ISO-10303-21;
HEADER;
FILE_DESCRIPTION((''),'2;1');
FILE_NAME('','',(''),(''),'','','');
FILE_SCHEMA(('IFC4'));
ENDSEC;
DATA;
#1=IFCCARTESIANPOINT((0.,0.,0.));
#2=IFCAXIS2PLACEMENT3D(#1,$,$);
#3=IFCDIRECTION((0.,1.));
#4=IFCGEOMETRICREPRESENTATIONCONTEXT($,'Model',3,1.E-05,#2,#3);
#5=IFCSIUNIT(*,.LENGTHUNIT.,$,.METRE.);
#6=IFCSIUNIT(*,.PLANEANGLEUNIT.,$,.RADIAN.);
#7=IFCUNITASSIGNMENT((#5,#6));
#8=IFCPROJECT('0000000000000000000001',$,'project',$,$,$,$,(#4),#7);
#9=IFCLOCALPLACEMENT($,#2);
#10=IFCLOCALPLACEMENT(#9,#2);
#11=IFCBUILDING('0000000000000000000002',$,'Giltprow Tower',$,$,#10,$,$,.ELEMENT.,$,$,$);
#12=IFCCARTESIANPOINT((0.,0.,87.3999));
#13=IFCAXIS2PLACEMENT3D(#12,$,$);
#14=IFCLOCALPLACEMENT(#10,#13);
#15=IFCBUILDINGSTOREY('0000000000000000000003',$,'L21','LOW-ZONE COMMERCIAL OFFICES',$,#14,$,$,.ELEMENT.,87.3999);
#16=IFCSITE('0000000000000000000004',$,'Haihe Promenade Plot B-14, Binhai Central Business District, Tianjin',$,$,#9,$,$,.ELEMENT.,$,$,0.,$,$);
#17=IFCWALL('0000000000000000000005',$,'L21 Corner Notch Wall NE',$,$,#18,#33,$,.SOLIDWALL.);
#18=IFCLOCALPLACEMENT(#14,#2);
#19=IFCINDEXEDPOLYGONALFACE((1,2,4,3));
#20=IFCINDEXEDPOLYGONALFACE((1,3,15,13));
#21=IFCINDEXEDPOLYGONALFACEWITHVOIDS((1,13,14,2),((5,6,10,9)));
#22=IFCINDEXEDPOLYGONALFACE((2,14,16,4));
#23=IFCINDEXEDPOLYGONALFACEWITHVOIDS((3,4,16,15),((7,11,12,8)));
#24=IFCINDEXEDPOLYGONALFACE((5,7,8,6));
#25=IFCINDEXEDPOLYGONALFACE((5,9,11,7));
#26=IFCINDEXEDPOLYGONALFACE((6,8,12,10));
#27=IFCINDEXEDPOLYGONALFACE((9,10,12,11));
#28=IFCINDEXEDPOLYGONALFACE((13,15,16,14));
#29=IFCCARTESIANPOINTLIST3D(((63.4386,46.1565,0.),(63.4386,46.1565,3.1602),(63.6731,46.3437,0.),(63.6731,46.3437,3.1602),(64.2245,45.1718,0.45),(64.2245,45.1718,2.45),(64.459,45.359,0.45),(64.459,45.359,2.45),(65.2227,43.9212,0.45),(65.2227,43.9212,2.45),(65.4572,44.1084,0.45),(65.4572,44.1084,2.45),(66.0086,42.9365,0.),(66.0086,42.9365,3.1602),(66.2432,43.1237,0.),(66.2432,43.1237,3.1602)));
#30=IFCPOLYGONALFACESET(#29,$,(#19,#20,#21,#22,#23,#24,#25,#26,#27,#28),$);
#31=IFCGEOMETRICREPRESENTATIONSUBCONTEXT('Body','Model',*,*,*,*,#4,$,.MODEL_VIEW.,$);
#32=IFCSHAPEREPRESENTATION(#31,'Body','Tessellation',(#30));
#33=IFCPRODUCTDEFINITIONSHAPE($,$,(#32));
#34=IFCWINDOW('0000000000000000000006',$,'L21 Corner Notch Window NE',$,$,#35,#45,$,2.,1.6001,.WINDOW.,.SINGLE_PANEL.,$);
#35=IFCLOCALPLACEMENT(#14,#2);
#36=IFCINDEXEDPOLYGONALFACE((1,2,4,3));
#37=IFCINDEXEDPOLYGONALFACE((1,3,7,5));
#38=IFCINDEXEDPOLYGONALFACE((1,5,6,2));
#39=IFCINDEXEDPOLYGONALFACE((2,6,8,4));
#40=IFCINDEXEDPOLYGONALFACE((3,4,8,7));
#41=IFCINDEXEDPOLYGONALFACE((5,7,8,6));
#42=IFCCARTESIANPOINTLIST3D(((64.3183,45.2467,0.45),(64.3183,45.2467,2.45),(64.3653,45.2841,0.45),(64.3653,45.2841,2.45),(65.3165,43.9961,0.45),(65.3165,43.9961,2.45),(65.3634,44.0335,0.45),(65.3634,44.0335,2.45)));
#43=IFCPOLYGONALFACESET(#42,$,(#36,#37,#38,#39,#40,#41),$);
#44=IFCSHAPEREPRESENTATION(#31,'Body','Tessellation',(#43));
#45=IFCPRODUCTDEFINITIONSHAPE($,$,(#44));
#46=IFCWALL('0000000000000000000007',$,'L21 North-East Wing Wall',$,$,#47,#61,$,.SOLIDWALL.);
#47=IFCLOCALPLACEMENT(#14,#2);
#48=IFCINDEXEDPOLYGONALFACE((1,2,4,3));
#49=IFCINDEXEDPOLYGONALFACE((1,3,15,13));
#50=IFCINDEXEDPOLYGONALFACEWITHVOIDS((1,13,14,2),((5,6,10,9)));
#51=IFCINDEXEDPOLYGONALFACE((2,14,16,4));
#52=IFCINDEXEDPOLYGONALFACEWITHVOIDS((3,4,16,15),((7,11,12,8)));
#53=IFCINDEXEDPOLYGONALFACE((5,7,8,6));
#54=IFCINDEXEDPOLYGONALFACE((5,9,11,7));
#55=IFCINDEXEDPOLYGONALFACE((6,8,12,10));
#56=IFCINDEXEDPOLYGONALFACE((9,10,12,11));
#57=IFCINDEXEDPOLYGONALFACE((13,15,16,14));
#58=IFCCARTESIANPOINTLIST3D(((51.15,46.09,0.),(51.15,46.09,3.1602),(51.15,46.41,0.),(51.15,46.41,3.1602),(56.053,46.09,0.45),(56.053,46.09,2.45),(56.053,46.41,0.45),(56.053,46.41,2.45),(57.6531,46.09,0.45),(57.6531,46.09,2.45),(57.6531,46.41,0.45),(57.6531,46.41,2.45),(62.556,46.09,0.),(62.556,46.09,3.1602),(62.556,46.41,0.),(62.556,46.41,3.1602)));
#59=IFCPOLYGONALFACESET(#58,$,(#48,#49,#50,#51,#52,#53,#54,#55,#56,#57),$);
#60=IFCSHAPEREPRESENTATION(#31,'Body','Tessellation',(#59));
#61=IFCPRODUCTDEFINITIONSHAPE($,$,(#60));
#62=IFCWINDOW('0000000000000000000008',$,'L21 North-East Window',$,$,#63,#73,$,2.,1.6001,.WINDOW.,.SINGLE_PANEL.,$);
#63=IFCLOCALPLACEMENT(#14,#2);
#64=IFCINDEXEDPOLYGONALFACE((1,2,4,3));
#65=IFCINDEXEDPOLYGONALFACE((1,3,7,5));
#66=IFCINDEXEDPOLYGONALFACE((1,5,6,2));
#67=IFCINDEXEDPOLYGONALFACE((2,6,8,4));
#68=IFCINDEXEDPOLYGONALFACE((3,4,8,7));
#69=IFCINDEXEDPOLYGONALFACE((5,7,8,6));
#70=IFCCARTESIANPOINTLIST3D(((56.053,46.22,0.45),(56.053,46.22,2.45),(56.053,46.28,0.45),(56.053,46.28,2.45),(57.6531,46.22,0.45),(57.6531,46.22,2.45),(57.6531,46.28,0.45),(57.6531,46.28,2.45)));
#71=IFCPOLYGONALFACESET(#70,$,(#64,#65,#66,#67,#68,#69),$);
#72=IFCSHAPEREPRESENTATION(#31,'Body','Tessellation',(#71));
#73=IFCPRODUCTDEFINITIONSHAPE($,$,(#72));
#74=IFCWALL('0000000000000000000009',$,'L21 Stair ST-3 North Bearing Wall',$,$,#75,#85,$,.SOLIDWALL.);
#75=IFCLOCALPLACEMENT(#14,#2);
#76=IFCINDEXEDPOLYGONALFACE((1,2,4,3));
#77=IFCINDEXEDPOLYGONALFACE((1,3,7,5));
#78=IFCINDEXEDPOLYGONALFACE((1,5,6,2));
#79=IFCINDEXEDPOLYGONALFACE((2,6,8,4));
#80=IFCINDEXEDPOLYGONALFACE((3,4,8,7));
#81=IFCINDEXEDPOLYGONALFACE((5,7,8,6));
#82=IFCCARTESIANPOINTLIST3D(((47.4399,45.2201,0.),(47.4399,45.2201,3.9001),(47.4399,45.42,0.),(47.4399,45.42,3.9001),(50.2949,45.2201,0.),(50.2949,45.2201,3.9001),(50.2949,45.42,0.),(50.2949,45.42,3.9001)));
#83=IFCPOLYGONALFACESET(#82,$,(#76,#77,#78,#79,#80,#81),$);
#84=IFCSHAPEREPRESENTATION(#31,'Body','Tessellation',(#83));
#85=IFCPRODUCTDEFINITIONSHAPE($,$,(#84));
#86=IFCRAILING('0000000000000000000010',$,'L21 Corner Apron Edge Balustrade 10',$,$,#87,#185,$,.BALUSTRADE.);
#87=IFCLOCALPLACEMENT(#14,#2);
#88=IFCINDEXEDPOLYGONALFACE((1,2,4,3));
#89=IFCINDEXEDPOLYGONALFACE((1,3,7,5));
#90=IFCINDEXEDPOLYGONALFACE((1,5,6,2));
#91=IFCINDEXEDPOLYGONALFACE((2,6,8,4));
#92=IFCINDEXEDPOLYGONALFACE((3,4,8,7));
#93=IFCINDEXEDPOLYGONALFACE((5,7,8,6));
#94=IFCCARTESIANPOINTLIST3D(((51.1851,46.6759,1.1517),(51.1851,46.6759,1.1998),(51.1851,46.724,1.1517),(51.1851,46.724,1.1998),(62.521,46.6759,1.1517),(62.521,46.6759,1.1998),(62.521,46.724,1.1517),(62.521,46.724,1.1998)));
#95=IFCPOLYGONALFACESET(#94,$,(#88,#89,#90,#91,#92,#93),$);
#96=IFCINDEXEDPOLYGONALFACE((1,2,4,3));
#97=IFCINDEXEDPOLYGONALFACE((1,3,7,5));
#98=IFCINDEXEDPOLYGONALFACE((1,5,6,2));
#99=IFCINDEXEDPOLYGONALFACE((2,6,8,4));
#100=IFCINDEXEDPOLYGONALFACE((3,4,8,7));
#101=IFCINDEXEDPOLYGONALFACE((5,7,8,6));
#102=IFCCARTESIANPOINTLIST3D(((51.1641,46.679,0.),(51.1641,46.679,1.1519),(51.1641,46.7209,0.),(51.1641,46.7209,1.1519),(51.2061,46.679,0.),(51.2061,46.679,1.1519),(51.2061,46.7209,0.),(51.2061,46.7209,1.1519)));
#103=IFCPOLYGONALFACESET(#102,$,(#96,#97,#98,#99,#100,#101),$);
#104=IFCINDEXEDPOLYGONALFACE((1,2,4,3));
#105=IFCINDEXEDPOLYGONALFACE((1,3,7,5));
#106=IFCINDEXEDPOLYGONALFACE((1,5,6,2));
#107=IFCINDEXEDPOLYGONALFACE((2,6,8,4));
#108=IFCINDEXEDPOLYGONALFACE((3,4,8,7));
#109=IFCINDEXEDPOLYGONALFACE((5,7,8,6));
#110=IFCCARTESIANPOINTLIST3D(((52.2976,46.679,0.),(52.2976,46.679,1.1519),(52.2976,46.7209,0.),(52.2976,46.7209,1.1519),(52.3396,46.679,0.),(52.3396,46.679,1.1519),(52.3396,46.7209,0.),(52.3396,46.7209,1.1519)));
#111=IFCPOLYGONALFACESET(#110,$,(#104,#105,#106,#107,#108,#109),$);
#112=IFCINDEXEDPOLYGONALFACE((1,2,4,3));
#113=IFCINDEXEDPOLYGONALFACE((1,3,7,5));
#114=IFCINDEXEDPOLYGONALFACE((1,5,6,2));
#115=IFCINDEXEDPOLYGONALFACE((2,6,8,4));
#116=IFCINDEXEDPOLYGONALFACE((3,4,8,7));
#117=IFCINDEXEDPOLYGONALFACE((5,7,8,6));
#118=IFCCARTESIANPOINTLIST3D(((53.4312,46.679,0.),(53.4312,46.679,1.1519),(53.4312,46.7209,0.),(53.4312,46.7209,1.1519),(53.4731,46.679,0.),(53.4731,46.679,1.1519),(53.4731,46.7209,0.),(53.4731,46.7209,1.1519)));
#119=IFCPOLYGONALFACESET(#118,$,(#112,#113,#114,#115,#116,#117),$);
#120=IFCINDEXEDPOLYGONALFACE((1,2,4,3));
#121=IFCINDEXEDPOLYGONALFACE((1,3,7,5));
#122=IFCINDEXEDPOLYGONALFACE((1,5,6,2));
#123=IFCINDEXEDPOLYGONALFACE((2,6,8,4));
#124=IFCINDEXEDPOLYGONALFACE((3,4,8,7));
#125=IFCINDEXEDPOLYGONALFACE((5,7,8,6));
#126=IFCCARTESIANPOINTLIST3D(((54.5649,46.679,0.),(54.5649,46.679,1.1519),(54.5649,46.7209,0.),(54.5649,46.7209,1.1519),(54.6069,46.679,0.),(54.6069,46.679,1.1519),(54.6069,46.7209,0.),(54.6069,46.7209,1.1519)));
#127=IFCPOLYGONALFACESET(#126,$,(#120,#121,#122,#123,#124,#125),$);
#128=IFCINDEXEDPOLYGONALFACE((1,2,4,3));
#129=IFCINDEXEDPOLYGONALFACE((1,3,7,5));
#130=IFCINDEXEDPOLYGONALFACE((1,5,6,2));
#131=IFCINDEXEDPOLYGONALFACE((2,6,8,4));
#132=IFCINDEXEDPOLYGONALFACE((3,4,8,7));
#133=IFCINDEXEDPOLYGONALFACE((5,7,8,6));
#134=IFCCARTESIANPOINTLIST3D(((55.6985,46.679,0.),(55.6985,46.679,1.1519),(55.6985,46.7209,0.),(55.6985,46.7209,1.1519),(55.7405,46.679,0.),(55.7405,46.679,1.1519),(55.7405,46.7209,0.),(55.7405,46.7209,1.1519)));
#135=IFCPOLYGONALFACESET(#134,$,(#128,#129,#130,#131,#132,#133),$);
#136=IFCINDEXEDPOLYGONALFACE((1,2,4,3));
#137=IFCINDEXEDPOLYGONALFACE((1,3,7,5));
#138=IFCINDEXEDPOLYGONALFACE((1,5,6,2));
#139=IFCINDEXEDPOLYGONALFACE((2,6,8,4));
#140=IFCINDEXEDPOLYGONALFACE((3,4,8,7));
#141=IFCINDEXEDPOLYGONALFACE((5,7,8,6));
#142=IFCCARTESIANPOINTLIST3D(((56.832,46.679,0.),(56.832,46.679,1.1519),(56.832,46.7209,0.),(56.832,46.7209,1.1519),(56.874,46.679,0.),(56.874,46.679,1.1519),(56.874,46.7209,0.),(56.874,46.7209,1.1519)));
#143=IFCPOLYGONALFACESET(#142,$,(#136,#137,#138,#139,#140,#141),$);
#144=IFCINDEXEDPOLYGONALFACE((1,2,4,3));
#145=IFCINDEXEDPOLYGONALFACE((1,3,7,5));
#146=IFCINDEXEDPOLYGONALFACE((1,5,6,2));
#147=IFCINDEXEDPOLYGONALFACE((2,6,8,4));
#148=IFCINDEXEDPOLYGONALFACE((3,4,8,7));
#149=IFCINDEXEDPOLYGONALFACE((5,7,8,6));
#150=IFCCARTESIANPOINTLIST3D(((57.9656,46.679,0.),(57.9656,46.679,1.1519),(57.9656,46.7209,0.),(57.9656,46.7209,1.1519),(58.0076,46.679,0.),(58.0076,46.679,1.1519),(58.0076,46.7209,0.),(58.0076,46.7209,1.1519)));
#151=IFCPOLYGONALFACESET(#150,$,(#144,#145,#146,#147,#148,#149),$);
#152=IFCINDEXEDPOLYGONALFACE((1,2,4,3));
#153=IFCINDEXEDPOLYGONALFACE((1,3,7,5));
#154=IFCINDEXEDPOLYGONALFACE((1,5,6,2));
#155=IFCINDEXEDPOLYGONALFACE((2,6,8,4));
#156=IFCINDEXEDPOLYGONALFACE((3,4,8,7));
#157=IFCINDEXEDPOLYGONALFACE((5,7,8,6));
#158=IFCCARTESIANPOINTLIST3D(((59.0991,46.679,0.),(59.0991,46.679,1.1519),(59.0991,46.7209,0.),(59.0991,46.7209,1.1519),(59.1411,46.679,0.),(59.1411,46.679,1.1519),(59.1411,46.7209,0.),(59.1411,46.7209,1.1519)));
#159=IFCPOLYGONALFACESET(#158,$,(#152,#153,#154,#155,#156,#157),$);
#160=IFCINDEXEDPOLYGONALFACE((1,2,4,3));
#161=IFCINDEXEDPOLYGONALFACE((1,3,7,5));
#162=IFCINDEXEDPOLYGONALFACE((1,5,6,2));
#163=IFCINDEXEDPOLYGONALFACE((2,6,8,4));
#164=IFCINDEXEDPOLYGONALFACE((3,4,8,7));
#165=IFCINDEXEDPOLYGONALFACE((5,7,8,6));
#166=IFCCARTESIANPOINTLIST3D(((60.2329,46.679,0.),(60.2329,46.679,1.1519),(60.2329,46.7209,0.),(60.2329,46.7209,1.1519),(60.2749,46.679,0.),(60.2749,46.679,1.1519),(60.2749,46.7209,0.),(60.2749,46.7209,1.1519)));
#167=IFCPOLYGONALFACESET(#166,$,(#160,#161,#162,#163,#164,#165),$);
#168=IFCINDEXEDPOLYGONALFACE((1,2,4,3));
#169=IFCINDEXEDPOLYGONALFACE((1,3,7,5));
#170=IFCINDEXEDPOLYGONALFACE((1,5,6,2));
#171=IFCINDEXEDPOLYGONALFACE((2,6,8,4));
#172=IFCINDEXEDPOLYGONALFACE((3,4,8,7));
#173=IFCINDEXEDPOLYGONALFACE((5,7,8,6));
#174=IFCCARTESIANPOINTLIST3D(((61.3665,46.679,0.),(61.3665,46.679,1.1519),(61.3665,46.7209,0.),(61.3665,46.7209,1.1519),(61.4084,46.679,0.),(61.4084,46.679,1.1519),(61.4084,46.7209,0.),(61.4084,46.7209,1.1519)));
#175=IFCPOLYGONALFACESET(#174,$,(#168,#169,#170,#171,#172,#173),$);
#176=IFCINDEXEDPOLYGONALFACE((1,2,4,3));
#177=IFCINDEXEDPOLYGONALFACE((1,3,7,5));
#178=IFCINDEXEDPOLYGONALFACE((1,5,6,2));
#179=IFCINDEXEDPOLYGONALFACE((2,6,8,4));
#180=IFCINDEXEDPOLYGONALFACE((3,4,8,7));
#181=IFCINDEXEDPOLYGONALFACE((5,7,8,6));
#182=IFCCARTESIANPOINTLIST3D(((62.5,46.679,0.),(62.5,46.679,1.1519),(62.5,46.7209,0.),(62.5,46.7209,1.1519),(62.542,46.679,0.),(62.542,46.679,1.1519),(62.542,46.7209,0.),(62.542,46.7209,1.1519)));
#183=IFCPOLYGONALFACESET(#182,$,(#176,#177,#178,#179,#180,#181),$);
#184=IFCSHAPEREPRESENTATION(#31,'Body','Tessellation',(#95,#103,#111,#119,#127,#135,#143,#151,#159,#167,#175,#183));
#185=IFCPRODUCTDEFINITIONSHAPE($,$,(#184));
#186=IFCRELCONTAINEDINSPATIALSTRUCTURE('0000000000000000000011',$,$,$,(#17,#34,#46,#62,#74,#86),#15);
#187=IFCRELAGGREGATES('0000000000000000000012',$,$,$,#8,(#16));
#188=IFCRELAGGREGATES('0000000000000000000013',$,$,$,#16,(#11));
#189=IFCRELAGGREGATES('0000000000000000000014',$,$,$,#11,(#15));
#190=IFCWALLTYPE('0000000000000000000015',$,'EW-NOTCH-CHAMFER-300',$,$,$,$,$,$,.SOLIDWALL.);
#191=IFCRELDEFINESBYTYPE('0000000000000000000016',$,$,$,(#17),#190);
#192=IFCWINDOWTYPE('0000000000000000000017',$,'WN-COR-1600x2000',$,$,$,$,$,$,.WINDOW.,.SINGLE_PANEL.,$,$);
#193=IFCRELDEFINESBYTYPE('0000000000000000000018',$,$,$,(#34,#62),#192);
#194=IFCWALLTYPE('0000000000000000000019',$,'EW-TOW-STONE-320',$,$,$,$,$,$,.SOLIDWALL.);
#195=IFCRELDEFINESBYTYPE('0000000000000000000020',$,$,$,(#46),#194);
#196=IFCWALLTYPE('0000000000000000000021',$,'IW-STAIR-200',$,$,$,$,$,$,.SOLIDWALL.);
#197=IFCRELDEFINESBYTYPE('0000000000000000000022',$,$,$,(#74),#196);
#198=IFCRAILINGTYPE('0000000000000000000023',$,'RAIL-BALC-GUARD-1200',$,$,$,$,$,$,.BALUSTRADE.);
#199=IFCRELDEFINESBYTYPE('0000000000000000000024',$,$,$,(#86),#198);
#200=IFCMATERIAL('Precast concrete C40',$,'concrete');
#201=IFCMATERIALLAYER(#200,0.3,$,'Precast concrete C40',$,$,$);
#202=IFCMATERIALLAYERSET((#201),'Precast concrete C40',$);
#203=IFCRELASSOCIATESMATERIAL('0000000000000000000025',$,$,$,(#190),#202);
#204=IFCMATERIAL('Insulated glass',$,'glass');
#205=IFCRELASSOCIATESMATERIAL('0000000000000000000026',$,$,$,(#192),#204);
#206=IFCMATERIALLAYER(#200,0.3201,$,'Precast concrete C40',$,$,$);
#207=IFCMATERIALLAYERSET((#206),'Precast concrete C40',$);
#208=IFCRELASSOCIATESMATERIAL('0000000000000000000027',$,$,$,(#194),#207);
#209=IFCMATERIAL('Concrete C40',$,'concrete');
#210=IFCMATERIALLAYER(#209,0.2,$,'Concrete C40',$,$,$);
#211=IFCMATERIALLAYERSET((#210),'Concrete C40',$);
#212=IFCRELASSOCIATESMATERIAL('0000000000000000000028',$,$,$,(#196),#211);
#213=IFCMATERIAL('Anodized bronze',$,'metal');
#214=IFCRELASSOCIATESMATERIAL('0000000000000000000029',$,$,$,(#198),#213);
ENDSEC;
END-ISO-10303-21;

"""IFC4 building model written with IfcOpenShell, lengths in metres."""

from ifc_helpers import new_model, si_unit, direction, frame, frame_2d, origin, origin_2d, place, context, subcontext, project, spatial, rectangle, extrude, source, transform, mapped, material, layer, layer_set, type_object, element, fill, save


model = new_model("IFC4")

# Units and contexts
model_context = context("Model", 3, precision=1e-05, world=origin(), true_north=direction((0.0, 1.0)))
body_context = subcontext(model_context, "Body", "Model", "MODEL_VIEW")
ifc_project = project(units=[si_unit("LENGTHUNIT", "METRE"), si_unit("PLANEANGLEUNIT", "RADIAN")], contexts=[model_context])

# Site, building, storey
site_placement = place(None, origin())
site = spatial("IfcSite", under=ifc_project, at=site_placement, Name="Haihe Promenade Plot B-14, Binhai Central Business District, Tianjin", CompositionType="ELEMENT", RefElevation=0.0)
building_placement = place(site_placement, origin())
building = spatial("IfcBuilding", under=site, at=building_placement, Name="Giltprow Tower", CompositionType="ELEMENT")
storey_placement = place(building_placement, frame((0.0, 0.0, 87.3999)))
storey = spatial("IfcBuildingStorey", under=building, at=storey_placement, Name="L21", Description="LOW-ZONE COMMERCIAL OFFICES", CompositionType="ELEMENT", Elevation=87.3999)

# Walls, openings, windows
ifc_material_1 = material(Name="Precast concrete C40", Category="concrete")
ifc_layer_1 = layer(ifc_material_1, 0.3, Name="Precast concrete C40")
ifc_layer_set_1 = layer_set([ifc_layer_1], Name="Precast concrete C40")
wall_type_1 = type_object("IfcWallType", Name="EW-NOTCH-CHAMFER-300", PredefinedType="SOLIDWALL", material=ifc_layer_set_1)
wall_1_placement = place(storey_placement, frame((66.126, 43.03, 0.0), z_axis=(0.0, 0.0, 1.0), x_axis=(-0.62382, 0.781568, 0.0)))
wall_1 = element("IfcWall", 1, at=wall_1_placement, inside=storey, type_object=wall_type_1, Name="L21 Corner Notch Wall NE", PredefinedType="SOLIDWALL", context=body_context, shape_type="SweptSolid", body=[
    extrude(rectangle(XDim=4.1199, YDim=0.3, at=frame_2d((2.0601, 0.0))), origin(), (0.0, 0.0, 1.0), 3.1602),
])
opening_1_placement = place(wall_1_placement, frame((1.26, 0.0, 0.45)))
opening_1 = element("IfcOpeningElement", 2, at=opening_1_placement, cuts=wall_1, PredefinedType="OPENING", context=body_context, shape_type="SweptSolid", body=[
    extrude(rectangle(XDim=1.6001, YDim=2.0, at=frame_2d((0.8, 1.0))), frame((0.0, 0.1599, 0.0), z_axis=(0.0, -1.0, 0.0), x_axis=(1.0, 0.0, 0.0)), (0.0, 0.0, 1.0), 0.3201),
])
ifc_material_2 = material(Name="Insulated glass", Category="glass")
window_type = type_object("IfcWindowType", Name="WN-COR-1600x2000", PartitioningType="SINGLE_PANEL", PredefinedType="WINDOW", material=ifc_material_2)
shared_shape_1 = source(origin(), body_context, "Body", "SweptSolid", [
    extrude(rectangle(XDim=1.6001, YDim=2.0, at=frame_2d((0.8, 1.0))), frame((0.0, 0.03, 0.0), z_axis=(0.0, -1.0, 0.0), x_axis=(1.0, 0.0, 0.0)), (0.0, 0.0, 1.0), 0.0601),
])
window_1_placement = place(opening_1_placement, origin())
window_1 = element("IfcWindow", 3, at=window_1_placement, inside=storey, type_object=window_type, Name="L21 Corner Notch Window NE", OverallHeight=2.0, OverallWidth=1.6001, PartitioningType="SINGLE_PANEL", PredefinedType="WINDOW", context=body_context, shape_type="MappedRepresentation", body=[
    mapped(shared_shape_1, transform((0.0, 0.0, 0.0), x_axis=(1.0, 0.0, 0.0), y_axis=(0.0, 1.0, 0.0), z_axis=(0.0, 0.0, 1.0), scale=1.0)),
])
fill(opening_1, window_1)
ifc_layer_2 = layer(ifc_material_1, 0.3201, Name="Precast concrete C40")
ifc_layer_set_2 = layer_set([ifc_layer_2], Name="Precast concrete C40")
wall_type_2 = type_object("IfcWallType", Name="EW-TOW-STONE-320", PredefinedType="SOLIDWALL", material=ifc_layer_set_2)
wall_2_placement = place(storey_placement, frame((51.1499, 46.25, 0.0), z_axis=(0.0, 0.0, 1.0), x_axis=(1.0, 0.0, 0.0)))
wall_2 = element("IfcWall", 4, at=wall_2_placement, inside=storey, type_object=wall_type_2, Name="L21 North-East Wing Wall", PredefinedType="SOLIDWALL", context=body_context, shape_type="SweptSolid", body=[
    extrude(rectangle(XDim=11.406, YDim=0.3201, at=frame_2d((5.7031, 0.0))), origin(), (0.0, 0.0, 1.0), 3.1602),
])
opening_2_placement = place(wall_2_placement, frame((4.9031, 0.0, 0.45)))
opening_2 = element("IfcOpeningElement", 5, at=opening_2_placement, cuts=wall_2, PredefinedType="OPENING", context=body_context, shape_type="SweptSolid", body=[
    extrude(rectangle(XDim=1.6001, YDim=2.0, at=frame_2d((0.8, 1.0))), frame((0.0, 0.1699, 0.0), z_axis=(0.0, -1.0, 0.0), x_axis=(1.0, 0.0, 0.0)), (0.0, 0.0, 1.0), 0.3401),
])
window_2_placement = place(opening_2_placement, origin())
window_2 = element("IfcWindow", 6, at=window_2_placement, inside=storey, type_object=window_type, Name="L21 North-East Window", OverallHeight=2.0, OverallWidth=1.6001, PartitioningType="SINGLE_PANEL", PredefinedType="WINDOW", context=body_context, shape_type="MappedRepresentation", body=[
    mapped(shared_shape_1, transform((0.0, 0.0, 0.0), x_axis=(1.0, 0.0, 0.0), y_axis=(0.0, 1.0, 0.0), z_axis=(0.0, 0.0, 1.0), scale=1.0)),
])
fill(opening_2, window_2)

# Wall
ifc_material_3 = material(Name="Concrete C40", Category="concrete")
ifc_layer_3 = layer(ifc_material_3, 0.2, Name="Concrete C40")
ifc_layer_set_3 = layer_set([ifc_layer_3], Name="Concrete C40")
wall_type_3 = type_object("IfcWallType", Name="IW-STAIR-200", PredefinedType="SOLIDWALL", material=ifc_layer_set_3)
wall_3_placement = place(storey_placement, frame((47.4399, 45.3201, 0.0), z_axis=(0.0, 0.0, 1.0), x_axis=(1.0, 0.0, 0.0)))
element("IfcWall", 7, at=wall_3_placement, inside=storey, type_object=wall_type_3, Name="L21 Stair ST-3 North Bearing Wall", PredefinedType="SOLIDWALL", context=body_context, shape_type="SweptSolid", body=[
    extrude(rectangle(XDim=2.855, YDim=0.2, at=frame_2d((1.4275, 0.0))), origin(), (0.0, 0.0, 1.0), 3.9001),
])

# Railing
ifc_material_4 = material(Name="Anodized bronze", Category="metal")
railing_type_1 = type_object("IfcRailingType", Name="RAIL-BALC-GUARD-1200", PredefinedType="BALUSTRADE", material=ifc_material_4)
railing_1_placement = place(storey_placement, frame((51.1851, 46.7, 0.0)))
element("IfcRailing", 8, at=railing_1_placement, inside=storey, type_object=railing_type_1, Name="L21 Corner Apron Edge Balustrade 10", PredefinedType="BALUSTRADE", context=body_context, shape_type="SweptSolid", body=[
    extrude(rectangle(XDim=0.0481, YDim=0.0481, at=origin_2d()), frame((0.0, 0.0, 1.1758), z_axis=(1.0, 0.0, 0.0), x_axis=(0.0, 1.0, 0.0)), (0.0, 0.0, 1.0), 11.3359),
    extrude(rectangle(XDim=0.042, YDim=0.042, at=origin_2d()), origin(), (0.0, 0.0, 1.0), 1.1519),
    extrude(rectangle(XDim=0.042, YDim=0.042, at=origin_2d()), frame((1.1335, 0.0, 0.0)), (0.0, 0.0, 1.0), 1.1519),
    extrude(rectangle(XDim=0.042, YDim=0.042, at=origin_2d()), frame((2.2671, 0.0, 0.0)), (0.0, 0.0, 1.0), 1.1519),
    extrude(rectangle(XDim=0.042, YDim=0.042, at=origin_2d()), frame((3.4009, 0.0, 0.0)), (0.0, 0.0, 1.0), 1.1519),
    extrude(rectangle(XDim=0.042, YDim=0.042, at=origin_2d()), frame((4.5344, 0.0, 0.0)), (0.0, 0.0, 1.0), 1.1519),
    extrude(rectangle(XDim=0.042, YDim=0.042, at=origin_2d()), frame((5.668, 0.0, 0.0)), (0.0, 0.0, 1.0), 1.1519),
    extrude(rectangle(XDim=0.042, YDim=0.042, at=origin_2d()), frame((6.8015, 0.0, 0.0)), (0.0, 0.0, 1.0), 1.1519),
    extrude(rectangle(XDim=0.042, YDim=0.042, at=origin_2d()), frame((7.9351, 0.0, 0.0)), (0.0, 0.0, 1.0), 1.1519),
    extrude(rectangle(XDim=0.042, YDim=0.042, at=origin_2d()), frame((9.0688, 0.0, 0.0)), (0.0, 0.0, 1.0), 1.1519),
    extrude(rectangle(XDim=0.042, YDim=0.042, at=origin_2d()), frame((10.2024, 0.0, 0.0)), (0.0, 0.0, 1.0), 1.1519),
    extrude(rectangle(XDim=0.042, YDim=0.042, at=origin_2d()), frame((11.3359, 0.0, 0.0)), (0.0, 0.0, 1.0), 1.1519),
])

save(model, "model.ifc")
